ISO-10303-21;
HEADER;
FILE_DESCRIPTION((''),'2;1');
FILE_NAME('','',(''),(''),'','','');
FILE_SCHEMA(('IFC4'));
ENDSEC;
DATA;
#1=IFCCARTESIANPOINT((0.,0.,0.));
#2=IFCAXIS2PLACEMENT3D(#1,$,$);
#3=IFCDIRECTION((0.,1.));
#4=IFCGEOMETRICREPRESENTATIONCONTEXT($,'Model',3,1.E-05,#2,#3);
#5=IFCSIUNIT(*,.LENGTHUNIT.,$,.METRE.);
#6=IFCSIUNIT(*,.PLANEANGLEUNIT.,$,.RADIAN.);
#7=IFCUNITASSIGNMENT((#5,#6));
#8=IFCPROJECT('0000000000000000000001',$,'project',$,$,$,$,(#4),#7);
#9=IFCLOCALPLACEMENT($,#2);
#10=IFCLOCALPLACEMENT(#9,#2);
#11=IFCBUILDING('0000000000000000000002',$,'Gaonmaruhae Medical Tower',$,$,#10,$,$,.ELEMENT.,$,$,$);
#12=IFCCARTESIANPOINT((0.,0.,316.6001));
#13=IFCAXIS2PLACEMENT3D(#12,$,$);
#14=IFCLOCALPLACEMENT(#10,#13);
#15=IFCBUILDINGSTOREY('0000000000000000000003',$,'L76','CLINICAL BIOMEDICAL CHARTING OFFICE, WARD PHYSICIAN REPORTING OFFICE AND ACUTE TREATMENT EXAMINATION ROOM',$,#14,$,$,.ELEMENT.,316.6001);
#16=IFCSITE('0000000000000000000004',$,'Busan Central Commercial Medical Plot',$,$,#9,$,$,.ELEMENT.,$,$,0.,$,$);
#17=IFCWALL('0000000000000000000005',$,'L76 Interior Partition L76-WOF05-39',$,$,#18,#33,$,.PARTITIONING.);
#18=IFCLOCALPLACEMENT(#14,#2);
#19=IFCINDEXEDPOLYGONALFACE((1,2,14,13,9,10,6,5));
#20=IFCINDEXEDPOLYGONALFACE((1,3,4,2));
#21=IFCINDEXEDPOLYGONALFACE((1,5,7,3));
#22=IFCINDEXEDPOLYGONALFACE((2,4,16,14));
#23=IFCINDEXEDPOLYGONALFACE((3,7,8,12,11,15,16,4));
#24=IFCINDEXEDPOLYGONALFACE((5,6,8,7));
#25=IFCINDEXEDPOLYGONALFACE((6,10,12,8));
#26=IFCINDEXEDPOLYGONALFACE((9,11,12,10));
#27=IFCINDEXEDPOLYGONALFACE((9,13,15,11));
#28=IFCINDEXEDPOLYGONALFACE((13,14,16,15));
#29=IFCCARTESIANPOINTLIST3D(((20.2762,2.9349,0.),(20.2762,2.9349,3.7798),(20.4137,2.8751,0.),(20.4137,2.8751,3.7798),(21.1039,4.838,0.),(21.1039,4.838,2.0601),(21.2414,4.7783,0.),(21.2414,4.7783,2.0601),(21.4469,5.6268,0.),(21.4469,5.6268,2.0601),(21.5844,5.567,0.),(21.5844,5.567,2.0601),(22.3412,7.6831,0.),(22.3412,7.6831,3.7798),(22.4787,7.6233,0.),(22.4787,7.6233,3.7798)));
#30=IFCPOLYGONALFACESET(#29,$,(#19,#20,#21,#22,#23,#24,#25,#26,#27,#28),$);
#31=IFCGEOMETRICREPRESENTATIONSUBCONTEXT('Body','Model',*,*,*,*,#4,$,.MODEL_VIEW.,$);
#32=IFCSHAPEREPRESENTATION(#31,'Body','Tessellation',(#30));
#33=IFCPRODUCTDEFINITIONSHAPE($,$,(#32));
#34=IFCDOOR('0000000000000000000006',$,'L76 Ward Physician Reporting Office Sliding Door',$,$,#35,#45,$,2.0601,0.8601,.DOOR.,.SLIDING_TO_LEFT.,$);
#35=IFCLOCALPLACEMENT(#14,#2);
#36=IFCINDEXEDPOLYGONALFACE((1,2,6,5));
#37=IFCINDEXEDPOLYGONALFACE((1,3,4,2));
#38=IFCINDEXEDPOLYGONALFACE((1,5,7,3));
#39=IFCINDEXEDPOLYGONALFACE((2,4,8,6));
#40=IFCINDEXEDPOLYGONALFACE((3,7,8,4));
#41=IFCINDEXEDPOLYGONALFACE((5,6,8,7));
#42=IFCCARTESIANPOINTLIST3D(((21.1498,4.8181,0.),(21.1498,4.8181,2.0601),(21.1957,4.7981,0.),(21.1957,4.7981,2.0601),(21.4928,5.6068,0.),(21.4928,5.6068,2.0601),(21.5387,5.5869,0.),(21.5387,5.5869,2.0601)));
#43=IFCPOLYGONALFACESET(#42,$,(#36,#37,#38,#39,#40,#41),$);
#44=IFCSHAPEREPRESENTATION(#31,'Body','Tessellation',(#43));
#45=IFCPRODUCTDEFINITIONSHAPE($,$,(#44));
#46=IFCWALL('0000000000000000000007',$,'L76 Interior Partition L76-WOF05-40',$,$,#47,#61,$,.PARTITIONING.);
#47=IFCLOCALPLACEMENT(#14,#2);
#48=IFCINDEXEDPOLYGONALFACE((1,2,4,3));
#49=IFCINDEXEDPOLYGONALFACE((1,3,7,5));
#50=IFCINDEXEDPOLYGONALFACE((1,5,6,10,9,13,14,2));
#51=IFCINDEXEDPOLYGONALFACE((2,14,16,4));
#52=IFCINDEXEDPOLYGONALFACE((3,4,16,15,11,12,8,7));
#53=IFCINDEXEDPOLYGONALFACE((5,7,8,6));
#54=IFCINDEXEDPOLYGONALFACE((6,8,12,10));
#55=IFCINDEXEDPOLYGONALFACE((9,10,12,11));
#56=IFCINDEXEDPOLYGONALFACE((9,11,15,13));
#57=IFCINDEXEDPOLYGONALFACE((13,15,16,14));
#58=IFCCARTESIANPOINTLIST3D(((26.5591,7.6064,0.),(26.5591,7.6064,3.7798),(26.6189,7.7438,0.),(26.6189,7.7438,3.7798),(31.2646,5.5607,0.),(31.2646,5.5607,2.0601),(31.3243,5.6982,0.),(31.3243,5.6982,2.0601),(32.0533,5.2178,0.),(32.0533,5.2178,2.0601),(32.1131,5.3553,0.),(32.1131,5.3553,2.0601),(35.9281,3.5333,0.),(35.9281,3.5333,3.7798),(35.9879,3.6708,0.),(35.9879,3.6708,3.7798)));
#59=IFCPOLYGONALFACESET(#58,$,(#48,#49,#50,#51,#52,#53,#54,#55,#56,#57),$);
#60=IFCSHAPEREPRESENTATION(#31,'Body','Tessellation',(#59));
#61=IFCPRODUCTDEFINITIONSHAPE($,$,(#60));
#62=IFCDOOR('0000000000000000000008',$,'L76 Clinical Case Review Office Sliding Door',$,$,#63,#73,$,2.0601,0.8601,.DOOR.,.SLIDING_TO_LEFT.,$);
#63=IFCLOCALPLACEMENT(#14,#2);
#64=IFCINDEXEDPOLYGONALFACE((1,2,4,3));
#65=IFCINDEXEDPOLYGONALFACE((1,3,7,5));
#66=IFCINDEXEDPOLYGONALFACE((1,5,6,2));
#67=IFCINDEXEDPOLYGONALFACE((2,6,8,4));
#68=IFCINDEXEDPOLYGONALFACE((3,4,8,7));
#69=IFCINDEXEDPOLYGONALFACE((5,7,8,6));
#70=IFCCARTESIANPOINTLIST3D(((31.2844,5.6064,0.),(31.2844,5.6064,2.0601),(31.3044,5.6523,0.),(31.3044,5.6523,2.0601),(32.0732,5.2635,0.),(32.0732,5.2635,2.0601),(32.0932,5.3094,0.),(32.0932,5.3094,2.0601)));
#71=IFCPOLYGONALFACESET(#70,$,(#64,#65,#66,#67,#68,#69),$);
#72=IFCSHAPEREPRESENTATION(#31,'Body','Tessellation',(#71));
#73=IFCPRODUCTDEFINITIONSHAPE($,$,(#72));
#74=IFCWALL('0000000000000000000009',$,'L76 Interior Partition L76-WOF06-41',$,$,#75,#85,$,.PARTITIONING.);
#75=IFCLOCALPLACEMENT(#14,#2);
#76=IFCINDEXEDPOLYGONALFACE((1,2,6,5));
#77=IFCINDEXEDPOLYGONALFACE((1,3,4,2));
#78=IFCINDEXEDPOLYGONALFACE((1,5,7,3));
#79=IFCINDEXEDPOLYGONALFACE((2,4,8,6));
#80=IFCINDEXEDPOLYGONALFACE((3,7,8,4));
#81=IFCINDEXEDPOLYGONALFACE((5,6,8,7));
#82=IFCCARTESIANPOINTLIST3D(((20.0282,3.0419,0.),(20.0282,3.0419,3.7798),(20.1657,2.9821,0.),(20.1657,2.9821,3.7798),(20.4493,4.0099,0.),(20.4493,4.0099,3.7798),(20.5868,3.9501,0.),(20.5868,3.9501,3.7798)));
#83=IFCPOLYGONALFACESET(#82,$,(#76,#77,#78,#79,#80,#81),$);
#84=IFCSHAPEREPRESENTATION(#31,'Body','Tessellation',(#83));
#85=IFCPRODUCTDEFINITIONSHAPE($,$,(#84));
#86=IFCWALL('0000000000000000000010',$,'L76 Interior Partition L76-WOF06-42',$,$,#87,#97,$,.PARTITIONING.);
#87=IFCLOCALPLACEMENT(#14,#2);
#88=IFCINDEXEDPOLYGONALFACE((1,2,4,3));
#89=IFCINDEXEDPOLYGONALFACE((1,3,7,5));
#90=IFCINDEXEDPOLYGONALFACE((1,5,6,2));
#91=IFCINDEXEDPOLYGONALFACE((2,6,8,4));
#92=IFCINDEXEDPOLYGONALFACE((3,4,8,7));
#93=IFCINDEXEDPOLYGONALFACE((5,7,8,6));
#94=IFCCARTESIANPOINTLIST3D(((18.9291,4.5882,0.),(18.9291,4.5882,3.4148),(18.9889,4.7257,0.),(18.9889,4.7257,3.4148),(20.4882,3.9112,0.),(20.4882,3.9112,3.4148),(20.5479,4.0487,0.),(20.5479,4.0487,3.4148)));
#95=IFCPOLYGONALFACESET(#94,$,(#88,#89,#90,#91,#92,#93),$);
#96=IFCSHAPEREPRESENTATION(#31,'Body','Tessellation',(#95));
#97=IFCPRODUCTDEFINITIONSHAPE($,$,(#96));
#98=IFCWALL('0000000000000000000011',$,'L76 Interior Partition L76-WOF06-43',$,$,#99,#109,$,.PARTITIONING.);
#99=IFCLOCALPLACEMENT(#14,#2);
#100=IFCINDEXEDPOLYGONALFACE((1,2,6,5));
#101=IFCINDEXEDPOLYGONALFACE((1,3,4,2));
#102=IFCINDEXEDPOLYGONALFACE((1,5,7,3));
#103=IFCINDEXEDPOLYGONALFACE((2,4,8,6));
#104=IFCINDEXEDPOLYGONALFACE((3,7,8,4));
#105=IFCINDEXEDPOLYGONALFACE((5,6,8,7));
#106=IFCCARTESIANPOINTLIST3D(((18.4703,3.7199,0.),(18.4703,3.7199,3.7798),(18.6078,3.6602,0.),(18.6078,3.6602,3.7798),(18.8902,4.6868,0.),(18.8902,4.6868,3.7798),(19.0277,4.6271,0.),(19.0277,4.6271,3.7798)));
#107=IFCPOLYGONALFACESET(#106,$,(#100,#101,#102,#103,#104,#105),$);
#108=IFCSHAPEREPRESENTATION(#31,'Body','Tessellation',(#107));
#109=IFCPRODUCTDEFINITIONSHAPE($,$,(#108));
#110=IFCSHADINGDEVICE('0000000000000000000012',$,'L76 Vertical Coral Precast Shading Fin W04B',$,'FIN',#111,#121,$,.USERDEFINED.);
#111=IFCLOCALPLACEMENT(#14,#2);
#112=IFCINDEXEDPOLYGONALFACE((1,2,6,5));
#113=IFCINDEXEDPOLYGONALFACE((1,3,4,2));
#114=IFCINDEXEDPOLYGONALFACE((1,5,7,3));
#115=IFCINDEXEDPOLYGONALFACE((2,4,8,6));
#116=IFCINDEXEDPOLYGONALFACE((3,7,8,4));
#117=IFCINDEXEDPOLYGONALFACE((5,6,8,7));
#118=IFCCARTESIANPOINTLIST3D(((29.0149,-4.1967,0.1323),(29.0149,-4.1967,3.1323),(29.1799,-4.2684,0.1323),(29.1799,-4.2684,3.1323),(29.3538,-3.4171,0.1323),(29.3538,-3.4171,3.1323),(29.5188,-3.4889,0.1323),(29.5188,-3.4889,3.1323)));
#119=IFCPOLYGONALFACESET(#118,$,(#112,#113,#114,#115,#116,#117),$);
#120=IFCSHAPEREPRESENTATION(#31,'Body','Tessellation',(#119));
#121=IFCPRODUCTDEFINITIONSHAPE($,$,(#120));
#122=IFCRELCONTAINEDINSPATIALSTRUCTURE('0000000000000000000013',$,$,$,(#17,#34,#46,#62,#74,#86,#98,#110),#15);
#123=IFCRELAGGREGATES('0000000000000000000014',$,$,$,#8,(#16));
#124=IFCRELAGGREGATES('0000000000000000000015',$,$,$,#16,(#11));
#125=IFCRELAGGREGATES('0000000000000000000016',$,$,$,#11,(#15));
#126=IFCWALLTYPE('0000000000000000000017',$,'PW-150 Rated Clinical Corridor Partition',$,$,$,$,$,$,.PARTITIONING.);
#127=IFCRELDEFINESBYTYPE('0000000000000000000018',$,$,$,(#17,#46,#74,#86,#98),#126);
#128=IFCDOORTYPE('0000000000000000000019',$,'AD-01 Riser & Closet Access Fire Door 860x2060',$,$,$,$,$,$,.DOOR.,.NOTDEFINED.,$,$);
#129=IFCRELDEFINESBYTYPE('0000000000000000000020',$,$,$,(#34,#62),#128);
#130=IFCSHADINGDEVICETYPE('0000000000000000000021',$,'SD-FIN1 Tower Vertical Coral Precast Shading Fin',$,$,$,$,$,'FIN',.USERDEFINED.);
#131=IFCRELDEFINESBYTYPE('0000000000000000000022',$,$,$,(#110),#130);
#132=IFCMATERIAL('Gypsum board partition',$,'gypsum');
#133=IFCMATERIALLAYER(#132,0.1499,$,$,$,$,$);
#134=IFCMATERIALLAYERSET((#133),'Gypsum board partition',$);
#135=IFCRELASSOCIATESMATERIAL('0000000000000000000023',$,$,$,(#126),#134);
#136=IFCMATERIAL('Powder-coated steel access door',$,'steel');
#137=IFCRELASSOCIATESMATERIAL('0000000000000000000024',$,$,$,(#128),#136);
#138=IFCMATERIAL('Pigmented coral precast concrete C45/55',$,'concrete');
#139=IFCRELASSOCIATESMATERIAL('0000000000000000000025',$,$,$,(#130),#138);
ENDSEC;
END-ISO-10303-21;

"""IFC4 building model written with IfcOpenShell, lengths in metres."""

from ifc_helpers import new_model, si_unit, direction, frame, frame_2d, origin, origin_2d, place, context, subcontext, project, spatial, rectangle, extrude, material, layer, layer_set, type_object, element, fill, save


model = new_model("IFC4")

# Units and contexts
model_context = context("Model", 3, precision=1e-05, world=origin(), true_north=direction((0.0, 1.0)))
body_context = subcontext(model_context, "Body", "Model", "MODEL_VIEW")
ifc_project = project(units=[si_unit("LENGTHUNIT", "METRE"), si_unit("PLANEANGLEUNIT", "RADIAN")], contexts=[model_context])

# Site, building, storey
site_placement = place(None, origin())
site = spatial("IfcSite", under=ifc_project, at=site_placement, Name="Busan Central Commercial Medical Plot", CompositionType="ELEMENT", RefElevation=0.0)
building_placement = place(site_placement, origin())
building = spatial("IfcBuilding", under=site, at=building_placement, Name="Gaonmaruhae Medical Tower", CompositionType="ELEMENT")
storey_placement = place(building_placement, frame((0.0, 0.0, 316.6001)))
storey = spatial("IfcBuildingStorey", under=building, at=storey_placement, Name="L76", Description="CLINICAL BIOMEDICAL CHARTING OFFICE, WARD PHYSICIAN REPORTING OFFICE AND ACUTE TREATMENT EXAMINATION ROOM", CompositionType="ELEMENT", Elevation=316.6001)

# Shared definitions
ifc_material_1 = material(Name="Gypsum board partition", Category="gypsum")
ifc_layer_1 = layer(ifc_material_1, 0.1499)
ifc_layer_set_1 = layer_set([ifc_layer_1], Name="Gypsum board partition")
wall_type_1 = type_object("IfcWallType", Name="PW-150 Rated Clinical Corridor Partition", PredefinedType="PARTITIONING", material=ifc_layer_set_1)

# Walls, openings, doors
wall_1_placement = place(storey_placement, frame((20.345, 2.905, 0.0), z_axis=(0.0, 0.0, 1.0), x_axis=(0.398819, 0.91703, 0.0)))
wall_1 = element("IfcWall", 1, at=wall_1_placement, inside=storey, type_object=wall_type_1, Name="L76 Interior Partition L76-WOF05-39", PredefinedType="PARTITIONING", context=body_context, shape_type="SweptSolid", body=[
    extrude(rectangle(XDim=5.1777, YDim=0.1499, at=frame_2d((2.5889, 0.0))), origin(), (0.0, 0.0, 1.0), 3.7798),
])
opening_1_placement = place(wall_1_placement, frame((2.0752, 0.0, 0.0)))
opening_1 = element("IfcOpeningElement", 2, at=opening_1_placement, cuts=wall_1, PredefinedType="OPENING", context=body_context, shape_type="SweptSolid", body=[
    extrude(rectangle(XDim=0.8601, YDim=2.0601, at=frame_2d((0.4302, 1.03))), frame((0.0, 0.085, 0.0), z_axis=(0.0, -1.0, 0.0), x_axis=(1.0, 0.0, 0.0)), (0.0, 0.0, 1.0), 0.1699),
])
ifc_material_2 = material(Name="Powder-coated steel access door", Category="steel")
door_type_1 = type_object("IfcDoorType", Name="AD-01 Riser & Closet Access Fire Door 860x2060", OperationType="NOTDEFINED", PredefinedType="DOOR", material=ifc_material_2)
door_1_placement = place(opening_1_placement, origin())
door_1 = element("IfcDoor", 3, at=door_1_placement, inside=storey, type_object=door_type_1, Name="L76 Ward Physician Reporting Office Sliding Door", OperationType="SLIDING_TO_LEFT", OverallHeight=2.0601, OverallWidth=0.8601, PredefinedType="DOOR", context=body_context, shape_type="SweptSolid", body=[
    extrude(rectangle(XDim=0.8601, YDim=2.0601, at=frame_2d((0.4302, 1.03))), frame((0.0, 0.0249, 0.0), z_axis=(0.0, -1.0, 0.0), x_axis=(1.0, 0.0, 0.0)), (0.0, 0.0, 1.0), 0.05),
])
fill(opening_1, door_1)
wall_2_placement = place(storey_placement, frame((26.5891, 7.675, 0.0), z_axis=(0.0, 0.0, 1.0), x_axis=(0.917086, -0.39869, 0.0)))
wall_2 = element("IfcWall", 4, at=wall_2_placement, inside=storey, type_object=wall_type_1, Name="L76 Interior Partition L76-WOF05-40", PredefinedType="PARTITIONING", context=body_context, shape_type="SweptSolid", body=[
    extrude(rectangle(XDim=10.2161, YDim=0.1499, at=frame_2d((5.1079, 0.0))), origin(), (0.0, 0.0, 1.0), 3.7798),
])
opening_2_placement = place(wall_2_placement, frame((5.1306, 0.0, 0.0)))
opening_2 = element("IfcOpeningElement", 5, at=opening_2_placement, cuts=wall_2, PredefinedType="OPENING", context=body_context, shape_type="SweptSolid", body=[
    extrude(rectangle(XDim=0.8601, YDim=2.0601, at=frame_2d((0.4302, 1.03))), frame((0.0, 0.085, 0.0), z_axis=(0.0, -1.0, 0.0), x_axis=(1.0, 0.0, 0.0)), (0.0, 0.0, 1.0), 0.1699),
])
door_2_placement = place(opening_2_placement, origin())
door_2 = element("IfcDoor", 6, at=door_2_placement, inside=storey, type_object=door_type_1, Name="L76 Clinical Case Review Office Sliding Door", OperationType="SLIDING_TO_LEFT", OverallHeight=2.0601, OverallWidth=0.8601, PredefinedType="DOOR", context=body_context, shape_type="SweptSolid", body=[
    extrude(rectangle(XDim=0.8601, YDim=2.0601, at=frame_2d((0.4302, 1.03))), frame((0.0, 0.0249, 0.0), z_axis=(0.0, -1.0, 0.0), x_axis=(1.0, 0.0, 0.0)), (0.0, 0.0, 1.0), 0.05),
])
fill(opening_2, door_2)

# Walls
wall_3_placement = place(storey_placement, frame((20.0969, 3.012, 0.0), z_axis=(0.0, 0.0, 1.0), x_axis=(0.398938, 0.916978, 0.0)))
element("IfcWall", 7, at=wall_3_placement, inside=storey, type_object=wall_type_1, Name="L76 Interior Partition L76-WOF06-41", PredefinedType="PARTITIONING", context=body_context, shape_type="SweptSolid", body=[
    extrude(rectangle(XDim=1.0557, YDim=0.1499, at=frame_2d((0.5278, 0.0))), origin(), (0.0, 0.0, 1.0), 3.7798),
])
wall_4_placement = place(storey_placement, frame((20.5181, 3.98, 0.0), z_axis=(0.0, 0.0, 1.0), x_axis=(-0.917255, 0.398301, 0.0)))
element("IfcWall", 8, at=wall_4_placement, inside=storey, type_object=wall_type_1, Name="L76 Interior Partition L76-WOF06-42", PredefinedType="PARTITIONING", context=body_context, shape_type="SweptSolid", body=[
    extrude(rectangle(XDim=1.6997, YDim=0.1499, at=frame_2d((0.8499, 0.0))), origin(), (0.0, 0.0, 1.0), 3.4148),
])
wall_5_placement = place(storey_placement, frame((18.959, 4.657, 0.0), z_axis=(0.0, 0.0, 1.0), x_axis=(-0.398303, -0.917254, 0.0)))
element("IfcWall", 9, at=wall_5_placement, inside=storey, type_object=wall_type_1, Name="L76 Interior Partition L76-WOF06-43", PredefinedType="PARTITIONING", context=body_context, shape_type="SweptSolid", body=[
    extrude(rectangle(XDim=1.0542, YDim=0.1499, at=frame_2d((0.5271, 0.0))), origin(), (0.0, 0.0, 1.0), 3.7798),
])

# Shading device
ifc_material_3 = material(Name="Pigmented coral precast concrete C45/55", Category="concrete")
shading_device_type = type_object("IfcShadingDeviceType", Name="SD-FIN1 Tower Vertical Coral Precast Shading Fin", ElementType="FIN", PredefinedType="USERDEFINED", material=ifc_material_3)
shading_device_placement = place(storey_placement, frame((29.2668, -3.8428, 0.1323), z_axis=(0.0, 0.0, 1.0), x_axis=(-0.91706, 0.398749, 0.0)))
element("IfcShadingDevice", 10, at=shading_device_placement, inside=storey, type_object=shading_device_type, Name="L76 Vertical Coral Precast Shading Fin W04B", ObjectType="FIN", PredefinedType="USERDEFINED", context=body_context, shape_type="SweptSolid", body=[
    extrude(rectangle(XDim=0.1799, YDim=0.8501, at=origin_2d()), origin(), (0.0, 0.0, 1.0), 3.0),
])

save(model, "model.ifc")
